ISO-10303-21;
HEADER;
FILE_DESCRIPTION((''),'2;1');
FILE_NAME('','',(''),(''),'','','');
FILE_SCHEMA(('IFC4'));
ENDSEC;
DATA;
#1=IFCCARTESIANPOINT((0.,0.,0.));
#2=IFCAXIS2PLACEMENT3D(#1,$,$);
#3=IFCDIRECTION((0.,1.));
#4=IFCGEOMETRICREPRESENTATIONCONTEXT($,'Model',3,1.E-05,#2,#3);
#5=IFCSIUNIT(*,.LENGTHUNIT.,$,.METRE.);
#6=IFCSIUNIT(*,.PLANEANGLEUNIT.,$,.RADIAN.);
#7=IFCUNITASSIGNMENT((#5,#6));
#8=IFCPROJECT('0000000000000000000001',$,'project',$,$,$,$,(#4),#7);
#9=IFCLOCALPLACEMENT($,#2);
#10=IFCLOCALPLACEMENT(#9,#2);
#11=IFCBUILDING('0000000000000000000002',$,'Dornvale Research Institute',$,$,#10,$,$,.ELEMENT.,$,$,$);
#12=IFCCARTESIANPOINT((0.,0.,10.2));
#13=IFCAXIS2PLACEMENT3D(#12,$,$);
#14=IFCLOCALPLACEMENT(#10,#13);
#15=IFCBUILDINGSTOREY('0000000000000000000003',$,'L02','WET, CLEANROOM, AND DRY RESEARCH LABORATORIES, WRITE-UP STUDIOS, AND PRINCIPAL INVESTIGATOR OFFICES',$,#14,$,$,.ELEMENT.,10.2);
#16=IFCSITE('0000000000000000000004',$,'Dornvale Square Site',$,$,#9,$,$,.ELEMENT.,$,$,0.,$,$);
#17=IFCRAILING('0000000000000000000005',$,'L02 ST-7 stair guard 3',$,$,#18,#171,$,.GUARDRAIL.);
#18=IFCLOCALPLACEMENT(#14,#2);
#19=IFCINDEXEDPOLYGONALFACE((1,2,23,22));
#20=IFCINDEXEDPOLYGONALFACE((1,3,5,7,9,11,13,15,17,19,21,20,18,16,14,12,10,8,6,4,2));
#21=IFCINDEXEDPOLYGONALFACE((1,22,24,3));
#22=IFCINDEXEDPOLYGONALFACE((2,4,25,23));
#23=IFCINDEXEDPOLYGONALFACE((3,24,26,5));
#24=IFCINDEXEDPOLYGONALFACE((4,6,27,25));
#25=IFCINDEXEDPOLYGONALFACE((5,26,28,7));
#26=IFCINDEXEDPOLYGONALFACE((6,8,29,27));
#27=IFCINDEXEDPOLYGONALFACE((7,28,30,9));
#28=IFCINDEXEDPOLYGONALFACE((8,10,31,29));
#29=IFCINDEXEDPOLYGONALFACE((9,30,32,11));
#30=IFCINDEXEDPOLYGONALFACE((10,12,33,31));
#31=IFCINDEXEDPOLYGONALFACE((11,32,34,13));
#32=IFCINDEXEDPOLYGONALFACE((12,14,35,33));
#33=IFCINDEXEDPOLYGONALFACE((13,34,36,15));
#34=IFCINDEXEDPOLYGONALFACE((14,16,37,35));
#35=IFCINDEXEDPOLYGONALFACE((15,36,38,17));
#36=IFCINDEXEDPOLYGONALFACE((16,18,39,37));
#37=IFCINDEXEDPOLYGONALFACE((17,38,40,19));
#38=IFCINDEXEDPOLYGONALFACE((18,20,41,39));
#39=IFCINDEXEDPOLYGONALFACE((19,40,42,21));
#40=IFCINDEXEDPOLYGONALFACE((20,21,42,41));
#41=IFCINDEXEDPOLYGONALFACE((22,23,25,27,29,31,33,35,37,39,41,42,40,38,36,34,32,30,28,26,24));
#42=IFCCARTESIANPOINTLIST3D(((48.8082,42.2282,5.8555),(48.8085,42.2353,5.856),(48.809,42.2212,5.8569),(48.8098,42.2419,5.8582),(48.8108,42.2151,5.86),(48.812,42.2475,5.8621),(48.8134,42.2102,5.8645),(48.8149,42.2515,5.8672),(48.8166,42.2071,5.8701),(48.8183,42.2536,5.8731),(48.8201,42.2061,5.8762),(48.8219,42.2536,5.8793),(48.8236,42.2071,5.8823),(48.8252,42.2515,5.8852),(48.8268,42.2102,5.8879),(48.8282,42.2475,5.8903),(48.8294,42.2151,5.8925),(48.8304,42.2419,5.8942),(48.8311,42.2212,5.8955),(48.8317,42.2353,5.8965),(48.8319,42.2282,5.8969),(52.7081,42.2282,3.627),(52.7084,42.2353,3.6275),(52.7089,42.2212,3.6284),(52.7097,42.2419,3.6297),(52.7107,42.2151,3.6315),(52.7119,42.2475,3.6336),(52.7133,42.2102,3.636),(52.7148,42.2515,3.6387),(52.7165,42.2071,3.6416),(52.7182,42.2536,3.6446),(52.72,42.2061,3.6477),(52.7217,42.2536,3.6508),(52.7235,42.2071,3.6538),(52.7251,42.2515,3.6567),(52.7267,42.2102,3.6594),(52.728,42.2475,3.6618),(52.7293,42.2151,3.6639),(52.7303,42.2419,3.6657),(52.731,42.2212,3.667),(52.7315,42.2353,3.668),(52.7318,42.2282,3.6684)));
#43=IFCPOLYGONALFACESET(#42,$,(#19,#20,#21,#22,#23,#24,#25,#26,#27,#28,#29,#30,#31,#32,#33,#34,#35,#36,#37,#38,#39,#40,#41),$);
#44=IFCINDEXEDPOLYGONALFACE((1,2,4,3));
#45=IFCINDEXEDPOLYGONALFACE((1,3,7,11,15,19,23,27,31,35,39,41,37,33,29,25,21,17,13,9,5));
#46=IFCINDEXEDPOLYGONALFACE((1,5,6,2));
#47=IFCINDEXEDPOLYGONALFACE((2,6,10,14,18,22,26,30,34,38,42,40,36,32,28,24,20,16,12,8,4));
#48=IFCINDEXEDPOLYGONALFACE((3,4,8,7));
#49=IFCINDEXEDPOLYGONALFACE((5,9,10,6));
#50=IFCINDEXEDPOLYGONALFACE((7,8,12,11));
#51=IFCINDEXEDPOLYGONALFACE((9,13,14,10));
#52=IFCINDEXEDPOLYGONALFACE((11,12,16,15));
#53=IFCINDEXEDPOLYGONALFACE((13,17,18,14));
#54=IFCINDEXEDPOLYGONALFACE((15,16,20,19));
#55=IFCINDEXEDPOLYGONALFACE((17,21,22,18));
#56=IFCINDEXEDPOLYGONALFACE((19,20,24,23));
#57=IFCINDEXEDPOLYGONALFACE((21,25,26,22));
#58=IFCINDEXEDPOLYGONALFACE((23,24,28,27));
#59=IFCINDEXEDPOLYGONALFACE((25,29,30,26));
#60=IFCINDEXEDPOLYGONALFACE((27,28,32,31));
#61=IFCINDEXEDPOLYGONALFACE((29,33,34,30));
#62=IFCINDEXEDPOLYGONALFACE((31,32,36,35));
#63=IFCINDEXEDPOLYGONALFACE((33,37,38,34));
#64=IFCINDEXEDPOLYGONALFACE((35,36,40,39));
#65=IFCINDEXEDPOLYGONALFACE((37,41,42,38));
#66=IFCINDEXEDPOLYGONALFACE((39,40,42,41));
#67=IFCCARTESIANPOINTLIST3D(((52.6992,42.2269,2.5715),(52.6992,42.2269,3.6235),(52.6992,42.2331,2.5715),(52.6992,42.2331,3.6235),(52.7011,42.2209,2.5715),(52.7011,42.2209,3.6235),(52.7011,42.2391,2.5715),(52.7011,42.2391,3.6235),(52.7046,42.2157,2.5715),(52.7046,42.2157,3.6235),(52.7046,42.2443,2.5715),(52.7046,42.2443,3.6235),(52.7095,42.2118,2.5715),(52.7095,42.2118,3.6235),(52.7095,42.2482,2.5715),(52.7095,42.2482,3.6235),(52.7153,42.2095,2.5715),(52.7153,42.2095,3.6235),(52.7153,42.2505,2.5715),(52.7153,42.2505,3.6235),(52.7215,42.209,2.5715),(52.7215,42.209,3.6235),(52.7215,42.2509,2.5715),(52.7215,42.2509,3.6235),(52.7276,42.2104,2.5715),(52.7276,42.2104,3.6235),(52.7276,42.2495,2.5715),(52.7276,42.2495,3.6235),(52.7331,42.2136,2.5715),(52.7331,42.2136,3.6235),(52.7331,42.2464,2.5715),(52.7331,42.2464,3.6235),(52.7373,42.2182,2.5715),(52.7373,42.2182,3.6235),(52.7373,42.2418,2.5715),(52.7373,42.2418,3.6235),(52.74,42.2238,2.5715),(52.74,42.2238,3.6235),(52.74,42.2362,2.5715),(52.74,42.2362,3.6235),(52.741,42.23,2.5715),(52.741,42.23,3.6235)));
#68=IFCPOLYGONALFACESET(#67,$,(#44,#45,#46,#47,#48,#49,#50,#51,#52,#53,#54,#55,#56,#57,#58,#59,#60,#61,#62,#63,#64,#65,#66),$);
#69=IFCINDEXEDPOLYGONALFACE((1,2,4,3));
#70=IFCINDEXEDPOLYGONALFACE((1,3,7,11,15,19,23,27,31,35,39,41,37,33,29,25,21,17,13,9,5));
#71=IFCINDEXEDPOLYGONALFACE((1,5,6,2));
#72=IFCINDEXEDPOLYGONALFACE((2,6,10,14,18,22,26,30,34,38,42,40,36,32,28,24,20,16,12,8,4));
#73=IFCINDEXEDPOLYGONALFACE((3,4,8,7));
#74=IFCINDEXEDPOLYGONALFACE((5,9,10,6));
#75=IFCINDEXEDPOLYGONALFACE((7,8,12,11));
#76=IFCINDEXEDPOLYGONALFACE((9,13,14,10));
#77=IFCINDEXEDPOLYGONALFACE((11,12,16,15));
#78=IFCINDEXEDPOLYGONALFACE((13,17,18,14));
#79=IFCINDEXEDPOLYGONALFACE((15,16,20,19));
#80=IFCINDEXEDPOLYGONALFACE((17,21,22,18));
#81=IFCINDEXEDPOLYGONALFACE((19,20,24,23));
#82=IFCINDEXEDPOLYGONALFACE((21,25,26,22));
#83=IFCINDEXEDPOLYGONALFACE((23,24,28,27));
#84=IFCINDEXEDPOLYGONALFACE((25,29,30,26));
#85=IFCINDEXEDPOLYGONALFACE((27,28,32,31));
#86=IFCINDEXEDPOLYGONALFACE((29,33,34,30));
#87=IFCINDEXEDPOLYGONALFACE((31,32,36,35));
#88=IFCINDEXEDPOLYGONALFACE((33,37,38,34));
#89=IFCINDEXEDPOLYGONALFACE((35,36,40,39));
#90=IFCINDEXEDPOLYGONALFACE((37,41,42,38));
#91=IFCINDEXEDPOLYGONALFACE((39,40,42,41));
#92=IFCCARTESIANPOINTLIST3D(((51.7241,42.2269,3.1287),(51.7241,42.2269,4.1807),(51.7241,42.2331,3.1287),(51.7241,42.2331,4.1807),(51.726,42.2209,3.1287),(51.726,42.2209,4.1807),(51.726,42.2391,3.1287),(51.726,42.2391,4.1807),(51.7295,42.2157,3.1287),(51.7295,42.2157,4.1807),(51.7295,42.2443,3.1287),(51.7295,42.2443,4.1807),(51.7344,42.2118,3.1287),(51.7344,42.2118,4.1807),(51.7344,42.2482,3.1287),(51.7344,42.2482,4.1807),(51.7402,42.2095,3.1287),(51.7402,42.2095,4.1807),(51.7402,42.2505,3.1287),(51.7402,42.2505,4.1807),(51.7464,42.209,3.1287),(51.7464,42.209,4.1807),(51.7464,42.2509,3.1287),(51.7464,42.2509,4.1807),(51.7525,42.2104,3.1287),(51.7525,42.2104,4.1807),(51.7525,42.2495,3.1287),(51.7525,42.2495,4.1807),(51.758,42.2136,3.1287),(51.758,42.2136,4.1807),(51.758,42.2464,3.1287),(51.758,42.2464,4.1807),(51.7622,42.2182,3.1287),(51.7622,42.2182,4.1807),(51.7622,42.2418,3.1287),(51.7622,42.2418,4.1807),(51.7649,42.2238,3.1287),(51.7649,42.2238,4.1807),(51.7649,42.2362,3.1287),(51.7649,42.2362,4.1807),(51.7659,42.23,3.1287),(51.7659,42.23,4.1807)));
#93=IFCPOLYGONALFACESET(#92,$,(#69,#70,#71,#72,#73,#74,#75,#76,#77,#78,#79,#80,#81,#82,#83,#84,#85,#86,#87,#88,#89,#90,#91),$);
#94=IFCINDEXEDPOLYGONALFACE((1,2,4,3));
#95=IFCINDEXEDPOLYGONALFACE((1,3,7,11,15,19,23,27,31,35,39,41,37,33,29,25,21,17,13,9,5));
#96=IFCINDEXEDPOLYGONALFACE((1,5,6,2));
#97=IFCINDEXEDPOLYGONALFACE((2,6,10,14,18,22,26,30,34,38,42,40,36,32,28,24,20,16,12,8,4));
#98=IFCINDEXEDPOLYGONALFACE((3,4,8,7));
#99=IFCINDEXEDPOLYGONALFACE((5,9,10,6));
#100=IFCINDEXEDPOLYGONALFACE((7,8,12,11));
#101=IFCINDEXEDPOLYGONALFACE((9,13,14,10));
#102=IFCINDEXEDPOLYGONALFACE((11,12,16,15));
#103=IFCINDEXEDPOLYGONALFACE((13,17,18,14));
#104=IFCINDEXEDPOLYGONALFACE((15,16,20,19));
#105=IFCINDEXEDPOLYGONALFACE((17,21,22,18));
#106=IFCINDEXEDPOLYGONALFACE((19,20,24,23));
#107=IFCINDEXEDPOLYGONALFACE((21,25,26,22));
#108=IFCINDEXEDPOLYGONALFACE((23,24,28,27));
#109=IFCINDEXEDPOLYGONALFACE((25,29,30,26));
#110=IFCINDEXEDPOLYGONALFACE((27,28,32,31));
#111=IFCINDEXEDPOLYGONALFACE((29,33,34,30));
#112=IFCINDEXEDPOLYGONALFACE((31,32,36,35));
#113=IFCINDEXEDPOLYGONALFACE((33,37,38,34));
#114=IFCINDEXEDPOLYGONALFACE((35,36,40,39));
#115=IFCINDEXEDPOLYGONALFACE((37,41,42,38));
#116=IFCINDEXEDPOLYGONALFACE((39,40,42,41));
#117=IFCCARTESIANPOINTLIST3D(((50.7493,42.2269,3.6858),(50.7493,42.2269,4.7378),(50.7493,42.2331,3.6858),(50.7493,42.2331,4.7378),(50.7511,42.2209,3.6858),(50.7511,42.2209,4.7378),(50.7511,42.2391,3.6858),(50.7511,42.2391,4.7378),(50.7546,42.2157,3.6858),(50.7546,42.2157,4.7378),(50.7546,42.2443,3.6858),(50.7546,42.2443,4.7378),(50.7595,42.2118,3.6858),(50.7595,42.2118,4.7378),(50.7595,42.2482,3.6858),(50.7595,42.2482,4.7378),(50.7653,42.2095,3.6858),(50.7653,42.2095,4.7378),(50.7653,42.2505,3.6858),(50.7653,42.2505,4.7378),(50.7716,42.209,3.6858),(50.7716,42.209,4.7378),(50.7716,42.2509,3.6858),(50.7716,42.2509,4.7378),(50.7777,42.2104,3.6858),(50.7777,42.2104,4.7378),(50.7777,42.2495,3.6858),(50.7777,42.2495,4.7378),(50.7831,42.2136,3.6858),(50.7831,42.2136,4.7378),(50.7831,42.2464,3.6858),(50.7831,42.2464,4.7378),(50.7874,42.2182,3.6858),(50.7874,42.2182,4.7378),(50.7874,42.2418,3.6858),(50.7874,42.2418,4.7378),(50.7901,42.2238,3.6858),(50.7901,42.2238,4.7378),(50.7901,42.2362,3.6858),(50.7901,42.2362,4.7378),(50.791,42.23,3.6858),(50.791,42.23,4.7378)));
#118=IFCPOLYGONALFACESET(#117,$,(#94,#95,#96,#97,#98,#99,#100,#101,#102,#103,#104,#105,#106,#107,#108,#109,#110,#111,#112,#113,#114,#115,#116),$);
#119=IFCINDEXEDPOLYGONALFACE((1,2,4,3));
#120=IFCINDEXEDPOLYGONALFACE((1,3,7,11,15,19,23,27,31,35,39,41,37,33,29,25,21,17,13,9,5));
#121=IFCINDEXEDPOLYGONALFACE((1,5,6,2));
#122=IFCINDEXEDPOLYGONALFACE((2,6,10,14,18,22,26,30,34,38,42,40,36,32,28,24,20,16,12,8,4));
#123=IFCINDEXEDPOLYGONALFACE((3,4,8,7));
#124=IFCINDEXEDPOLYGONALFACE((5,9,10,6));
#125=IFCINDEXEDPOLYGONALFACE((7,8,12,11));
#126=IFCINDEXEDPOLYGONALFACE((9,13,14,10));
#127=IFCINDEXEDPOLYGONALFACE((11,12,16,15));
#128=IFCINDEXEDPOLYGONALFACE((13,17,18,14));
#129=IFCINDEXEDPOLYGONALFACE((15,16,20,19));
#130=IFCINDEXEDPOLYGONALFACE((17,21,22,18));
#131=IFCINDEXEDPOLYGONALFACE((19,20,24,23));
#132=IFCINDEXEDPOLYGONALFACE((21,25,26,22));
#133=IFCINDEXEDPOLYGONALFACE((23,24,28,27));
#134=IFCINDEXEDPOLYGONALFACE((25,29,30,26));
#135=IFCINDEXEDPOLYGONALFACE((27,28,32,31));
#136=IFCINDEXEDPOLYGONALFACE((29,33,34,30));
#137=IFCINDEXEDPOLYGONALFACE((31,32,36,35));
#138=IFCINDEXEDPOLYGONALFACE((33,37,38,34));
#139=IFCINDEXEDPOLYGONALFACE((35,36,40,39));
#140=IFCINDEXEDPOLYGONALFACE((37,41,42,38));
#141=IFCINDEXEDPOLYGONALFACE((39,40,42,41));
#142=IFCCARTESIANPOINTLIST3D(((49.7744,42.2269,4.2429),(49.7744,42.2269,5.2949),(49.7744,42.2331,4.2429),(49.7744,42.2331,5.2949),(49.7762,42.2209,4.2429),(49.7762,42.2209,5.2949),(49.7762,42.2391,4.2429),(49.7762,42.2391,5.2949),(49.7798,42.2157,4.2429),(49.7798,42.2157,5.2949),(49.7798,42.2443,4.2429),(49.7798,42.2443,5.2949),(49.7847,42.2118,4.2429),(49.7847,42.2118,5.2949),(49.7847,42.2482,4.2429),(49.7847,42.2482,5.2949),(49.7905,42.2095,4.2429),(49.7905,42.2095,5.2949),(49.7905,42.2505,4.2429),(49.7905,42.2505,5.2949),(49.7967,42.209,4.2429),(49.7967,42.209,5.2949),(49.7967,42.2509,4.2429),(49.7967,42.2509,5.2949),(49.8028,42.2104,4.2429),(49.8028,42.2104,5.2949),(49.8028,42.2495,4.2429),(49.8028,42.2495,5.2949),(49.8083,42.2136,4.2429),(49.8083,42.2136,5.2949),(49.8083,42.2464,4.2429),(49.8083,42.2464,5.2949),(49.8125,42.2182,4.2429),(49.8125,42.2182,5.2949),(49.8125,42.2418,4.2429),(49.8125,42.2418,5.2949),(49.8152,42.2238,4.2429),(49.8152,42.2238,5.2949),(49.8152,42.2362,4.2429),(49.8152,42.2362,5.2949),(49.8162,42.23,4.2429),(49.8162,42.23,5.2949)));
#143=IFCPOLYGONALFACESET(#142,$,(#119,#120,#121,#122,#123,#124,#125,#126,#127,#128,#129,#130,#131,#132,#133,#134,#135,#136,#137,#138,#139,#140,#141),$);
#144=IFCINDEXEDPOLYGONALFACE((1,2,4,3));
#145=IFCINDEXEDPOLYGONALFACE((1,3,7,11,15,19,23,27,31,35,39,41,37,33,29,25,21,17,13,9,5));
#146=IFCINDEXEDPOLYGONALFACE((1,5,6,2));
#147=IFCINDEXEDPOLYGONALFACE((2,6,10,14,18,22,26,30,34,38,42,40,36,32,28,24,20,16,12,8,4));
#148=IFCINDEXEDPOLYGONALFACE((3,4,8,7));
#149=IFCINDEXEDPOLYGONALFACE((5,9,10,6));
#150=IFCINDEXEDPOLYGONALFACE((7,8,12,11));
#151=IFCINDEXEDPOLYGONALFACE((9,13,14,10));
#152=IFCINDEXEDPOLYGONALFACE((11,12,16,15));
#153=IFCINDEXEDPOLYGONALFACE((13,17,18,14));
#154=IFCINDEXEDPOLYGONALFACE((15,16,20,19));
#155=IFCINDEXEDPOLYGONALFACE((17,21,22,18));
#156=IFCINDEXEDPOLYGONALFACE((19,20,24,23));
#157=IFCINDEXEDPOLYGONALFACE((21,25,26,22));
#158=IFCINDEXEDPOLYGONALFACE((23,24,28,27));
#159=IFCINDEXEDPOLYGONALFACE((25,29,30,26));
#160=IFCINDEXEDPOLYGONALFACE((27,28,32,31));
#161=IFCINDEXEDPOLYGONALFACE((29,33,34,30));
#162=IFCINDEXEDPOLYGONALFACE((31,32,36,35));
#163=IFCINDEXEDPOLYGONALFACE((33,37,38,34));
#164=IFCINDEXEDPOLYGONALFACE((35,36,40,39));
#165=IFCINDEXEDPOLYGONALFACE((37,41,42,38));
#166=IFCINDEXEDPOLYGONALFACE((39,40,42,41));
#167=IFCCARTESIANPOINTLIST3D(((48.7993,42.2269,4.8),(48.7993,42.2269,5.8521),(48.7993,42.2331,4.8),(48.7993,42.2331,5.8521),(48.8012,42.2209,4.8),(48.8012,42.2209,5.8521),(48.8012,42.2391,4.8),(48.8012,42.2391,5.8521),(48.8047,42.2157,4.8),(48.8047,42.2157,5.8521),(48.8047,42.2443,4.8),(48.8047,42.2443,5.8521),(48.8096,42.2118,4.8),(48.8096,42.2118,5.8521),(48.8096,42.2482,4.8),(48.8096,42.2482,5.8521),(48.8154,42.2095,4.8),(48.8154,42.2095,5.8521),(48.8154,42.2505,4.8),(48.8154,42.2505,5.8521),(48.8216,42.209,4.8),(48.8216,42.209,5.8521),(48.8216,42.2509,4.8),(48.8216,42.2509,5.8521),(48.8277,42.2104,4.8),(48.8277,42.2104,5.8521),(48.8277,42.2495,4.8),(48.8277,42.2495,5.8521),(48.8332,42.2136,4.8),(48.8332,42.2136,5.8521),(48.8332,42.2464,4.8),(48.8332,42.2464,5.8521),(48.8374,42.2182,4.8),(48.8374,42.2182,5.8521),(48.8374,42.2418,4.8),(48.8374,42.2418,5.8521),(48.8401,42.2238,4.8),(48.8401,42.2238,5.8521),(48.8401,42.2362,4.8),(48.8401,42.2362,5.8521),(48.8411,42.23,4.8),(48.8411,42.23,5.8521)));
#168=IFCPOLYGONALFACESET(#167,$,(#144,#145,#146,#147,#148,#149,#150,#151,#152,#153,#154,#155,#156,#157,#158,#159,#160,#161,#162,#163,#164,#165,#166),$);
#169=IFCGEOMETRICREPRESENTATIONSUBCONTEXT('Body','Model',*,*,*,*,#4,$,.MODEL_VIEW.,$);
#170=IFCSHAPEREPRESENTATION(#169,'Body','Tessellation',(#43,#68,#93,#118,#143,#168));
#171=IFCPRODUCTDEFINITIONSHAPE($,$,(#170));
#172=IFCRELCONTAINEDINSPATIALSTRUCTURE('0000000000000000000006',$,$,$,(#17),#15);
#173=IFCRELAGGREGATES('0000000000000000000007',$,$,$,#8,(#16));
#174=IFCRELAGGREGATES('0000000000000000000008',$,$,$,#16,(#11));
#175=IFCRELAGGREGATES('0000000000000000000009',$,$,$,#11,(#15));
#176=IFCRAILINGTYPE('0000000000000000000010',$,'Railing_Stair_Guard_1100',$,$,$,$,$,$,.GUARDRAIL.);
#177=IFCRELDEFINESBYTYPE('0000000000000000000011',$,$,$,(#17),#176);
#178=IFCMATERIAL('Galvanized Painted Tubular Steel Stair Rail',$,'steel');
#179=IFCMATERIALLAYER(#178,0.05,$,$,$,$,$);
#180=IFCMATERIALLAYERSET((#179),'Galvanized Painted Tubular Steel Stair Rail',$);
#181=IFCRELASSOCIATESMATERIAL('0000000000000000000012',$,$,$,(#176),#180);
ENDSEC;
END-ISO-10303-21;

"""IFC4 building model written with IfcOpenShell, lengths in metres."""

from ifc_helpers import new_model, si_unit, direction, frame, origin, origin_2d, place, context, subcontext, project, spatial, circle, extrude, material, layer, layer_set, type_object, element, save


model = new_model("IFC4")

# Units and contexts
model_context = context("Model", 3, precision=1e-05, world=origin(), true_north=direction((0.0, 1.0)))
body_context = subcontext(model_context, "Body", "Model", "MODEL_VIEW")
ifc_project = project(units=[si_unit("LENGTHUNIT", "METRE"), si_unit("PLANEANGLEUNIT", "RADIAN")], contexts=[model_context])

# Site, building, storey
site_placement = place(None, origin())
site = spatial("IfcSite", under=ifc_project, at=site_placement, Name="Dornvale Square Site", CompositionType="ELEMENT", RefElevation=0.0)
building_placement = place(site_placement, origin())
building = spatial("IfcBuilding", under=site, at=building_placement, Name="Dornvale Research Institute", CompositionType="ELEMENT")
storey_placement = place(building_placement, frame((0.0, 0.0, 10.2)))
storey = spatial("IfcBuildingStorey", under=building, at=storey_placement, Name="L02", Description="WET, CLEANROOM, AND DRY RESEARCH LABORATORIES, WRITE-UP STUDIOS, AND PRINCIPAL INVESTIGATOR OFFICES", CompositionType="ELEMENT", Elevation=10.2)

# Railing
ifc_material_1 = material(Name="Galvanized Painted Tubular Steel Stair Rail", Category="steel")
ifc_layer_1 = layer(ifc_material_1, 0.05)
ifc_layer_set_1 = layer_set([ifc_layer_1], Name="Galvanized Painted Tubular Steel Stair Rail")
railing_type_1 = type_object("IfcRailingType", Name="Railing_Stair_Guard_1100", PredefinedType="GUARDRAIL", material=ifc_layer_set_1)
railing_1_placement = place(storey_placement, frame((52.72, 42.23, 2.5715)))
element("IfcRailing", 1, at=railing_1_placement, inside=storey, type_object=railing_type_1, Name="L02 ST-7 stair guard 3", PredefinedType="GUARDRAIL", context=body_context, shape_type="SweptSolid", body=[
    extrude(circle(Radius=0.0239, at=origin_2d()), frame((0.0, 0.0, 1.0762), z_axis=(-0.868243, 0.0, 0.496139), x_axis=(0.0, -1.0, 0.0)), (0.0, 0.0, 1.0), 4.4917),
    extrude(circle(Radius=0.021, at=origin_2d()), origin(), (0.0, 0.0, 1.0), 1.052),
    extrude(circle(Radius=0.021, at=origin_2d()), frame((-0.9751, 0.0, 0.5571)), (0.0, 0.0, 1.0), 1.052),
    extrude(circle(Radius=0.021, at=origin_2d()), frame((-1.95, 0.0, 1.1143)), (0.0, 0.0, 1.0), 1.052),
    extrude(circle(Radius=0.021, at=origin_2d()), frame((-2.9248, 0.0, 1.6714)), (0.0, 0.0, 1.0), 1.052),
    extrude(circle(Radius=0.021, at=origin_2d()), frame((-3.8999, 0.0, 2.2285)), (0.0, 0.0, 1.0), 1.052),
])

save(model, "model.ifc")
